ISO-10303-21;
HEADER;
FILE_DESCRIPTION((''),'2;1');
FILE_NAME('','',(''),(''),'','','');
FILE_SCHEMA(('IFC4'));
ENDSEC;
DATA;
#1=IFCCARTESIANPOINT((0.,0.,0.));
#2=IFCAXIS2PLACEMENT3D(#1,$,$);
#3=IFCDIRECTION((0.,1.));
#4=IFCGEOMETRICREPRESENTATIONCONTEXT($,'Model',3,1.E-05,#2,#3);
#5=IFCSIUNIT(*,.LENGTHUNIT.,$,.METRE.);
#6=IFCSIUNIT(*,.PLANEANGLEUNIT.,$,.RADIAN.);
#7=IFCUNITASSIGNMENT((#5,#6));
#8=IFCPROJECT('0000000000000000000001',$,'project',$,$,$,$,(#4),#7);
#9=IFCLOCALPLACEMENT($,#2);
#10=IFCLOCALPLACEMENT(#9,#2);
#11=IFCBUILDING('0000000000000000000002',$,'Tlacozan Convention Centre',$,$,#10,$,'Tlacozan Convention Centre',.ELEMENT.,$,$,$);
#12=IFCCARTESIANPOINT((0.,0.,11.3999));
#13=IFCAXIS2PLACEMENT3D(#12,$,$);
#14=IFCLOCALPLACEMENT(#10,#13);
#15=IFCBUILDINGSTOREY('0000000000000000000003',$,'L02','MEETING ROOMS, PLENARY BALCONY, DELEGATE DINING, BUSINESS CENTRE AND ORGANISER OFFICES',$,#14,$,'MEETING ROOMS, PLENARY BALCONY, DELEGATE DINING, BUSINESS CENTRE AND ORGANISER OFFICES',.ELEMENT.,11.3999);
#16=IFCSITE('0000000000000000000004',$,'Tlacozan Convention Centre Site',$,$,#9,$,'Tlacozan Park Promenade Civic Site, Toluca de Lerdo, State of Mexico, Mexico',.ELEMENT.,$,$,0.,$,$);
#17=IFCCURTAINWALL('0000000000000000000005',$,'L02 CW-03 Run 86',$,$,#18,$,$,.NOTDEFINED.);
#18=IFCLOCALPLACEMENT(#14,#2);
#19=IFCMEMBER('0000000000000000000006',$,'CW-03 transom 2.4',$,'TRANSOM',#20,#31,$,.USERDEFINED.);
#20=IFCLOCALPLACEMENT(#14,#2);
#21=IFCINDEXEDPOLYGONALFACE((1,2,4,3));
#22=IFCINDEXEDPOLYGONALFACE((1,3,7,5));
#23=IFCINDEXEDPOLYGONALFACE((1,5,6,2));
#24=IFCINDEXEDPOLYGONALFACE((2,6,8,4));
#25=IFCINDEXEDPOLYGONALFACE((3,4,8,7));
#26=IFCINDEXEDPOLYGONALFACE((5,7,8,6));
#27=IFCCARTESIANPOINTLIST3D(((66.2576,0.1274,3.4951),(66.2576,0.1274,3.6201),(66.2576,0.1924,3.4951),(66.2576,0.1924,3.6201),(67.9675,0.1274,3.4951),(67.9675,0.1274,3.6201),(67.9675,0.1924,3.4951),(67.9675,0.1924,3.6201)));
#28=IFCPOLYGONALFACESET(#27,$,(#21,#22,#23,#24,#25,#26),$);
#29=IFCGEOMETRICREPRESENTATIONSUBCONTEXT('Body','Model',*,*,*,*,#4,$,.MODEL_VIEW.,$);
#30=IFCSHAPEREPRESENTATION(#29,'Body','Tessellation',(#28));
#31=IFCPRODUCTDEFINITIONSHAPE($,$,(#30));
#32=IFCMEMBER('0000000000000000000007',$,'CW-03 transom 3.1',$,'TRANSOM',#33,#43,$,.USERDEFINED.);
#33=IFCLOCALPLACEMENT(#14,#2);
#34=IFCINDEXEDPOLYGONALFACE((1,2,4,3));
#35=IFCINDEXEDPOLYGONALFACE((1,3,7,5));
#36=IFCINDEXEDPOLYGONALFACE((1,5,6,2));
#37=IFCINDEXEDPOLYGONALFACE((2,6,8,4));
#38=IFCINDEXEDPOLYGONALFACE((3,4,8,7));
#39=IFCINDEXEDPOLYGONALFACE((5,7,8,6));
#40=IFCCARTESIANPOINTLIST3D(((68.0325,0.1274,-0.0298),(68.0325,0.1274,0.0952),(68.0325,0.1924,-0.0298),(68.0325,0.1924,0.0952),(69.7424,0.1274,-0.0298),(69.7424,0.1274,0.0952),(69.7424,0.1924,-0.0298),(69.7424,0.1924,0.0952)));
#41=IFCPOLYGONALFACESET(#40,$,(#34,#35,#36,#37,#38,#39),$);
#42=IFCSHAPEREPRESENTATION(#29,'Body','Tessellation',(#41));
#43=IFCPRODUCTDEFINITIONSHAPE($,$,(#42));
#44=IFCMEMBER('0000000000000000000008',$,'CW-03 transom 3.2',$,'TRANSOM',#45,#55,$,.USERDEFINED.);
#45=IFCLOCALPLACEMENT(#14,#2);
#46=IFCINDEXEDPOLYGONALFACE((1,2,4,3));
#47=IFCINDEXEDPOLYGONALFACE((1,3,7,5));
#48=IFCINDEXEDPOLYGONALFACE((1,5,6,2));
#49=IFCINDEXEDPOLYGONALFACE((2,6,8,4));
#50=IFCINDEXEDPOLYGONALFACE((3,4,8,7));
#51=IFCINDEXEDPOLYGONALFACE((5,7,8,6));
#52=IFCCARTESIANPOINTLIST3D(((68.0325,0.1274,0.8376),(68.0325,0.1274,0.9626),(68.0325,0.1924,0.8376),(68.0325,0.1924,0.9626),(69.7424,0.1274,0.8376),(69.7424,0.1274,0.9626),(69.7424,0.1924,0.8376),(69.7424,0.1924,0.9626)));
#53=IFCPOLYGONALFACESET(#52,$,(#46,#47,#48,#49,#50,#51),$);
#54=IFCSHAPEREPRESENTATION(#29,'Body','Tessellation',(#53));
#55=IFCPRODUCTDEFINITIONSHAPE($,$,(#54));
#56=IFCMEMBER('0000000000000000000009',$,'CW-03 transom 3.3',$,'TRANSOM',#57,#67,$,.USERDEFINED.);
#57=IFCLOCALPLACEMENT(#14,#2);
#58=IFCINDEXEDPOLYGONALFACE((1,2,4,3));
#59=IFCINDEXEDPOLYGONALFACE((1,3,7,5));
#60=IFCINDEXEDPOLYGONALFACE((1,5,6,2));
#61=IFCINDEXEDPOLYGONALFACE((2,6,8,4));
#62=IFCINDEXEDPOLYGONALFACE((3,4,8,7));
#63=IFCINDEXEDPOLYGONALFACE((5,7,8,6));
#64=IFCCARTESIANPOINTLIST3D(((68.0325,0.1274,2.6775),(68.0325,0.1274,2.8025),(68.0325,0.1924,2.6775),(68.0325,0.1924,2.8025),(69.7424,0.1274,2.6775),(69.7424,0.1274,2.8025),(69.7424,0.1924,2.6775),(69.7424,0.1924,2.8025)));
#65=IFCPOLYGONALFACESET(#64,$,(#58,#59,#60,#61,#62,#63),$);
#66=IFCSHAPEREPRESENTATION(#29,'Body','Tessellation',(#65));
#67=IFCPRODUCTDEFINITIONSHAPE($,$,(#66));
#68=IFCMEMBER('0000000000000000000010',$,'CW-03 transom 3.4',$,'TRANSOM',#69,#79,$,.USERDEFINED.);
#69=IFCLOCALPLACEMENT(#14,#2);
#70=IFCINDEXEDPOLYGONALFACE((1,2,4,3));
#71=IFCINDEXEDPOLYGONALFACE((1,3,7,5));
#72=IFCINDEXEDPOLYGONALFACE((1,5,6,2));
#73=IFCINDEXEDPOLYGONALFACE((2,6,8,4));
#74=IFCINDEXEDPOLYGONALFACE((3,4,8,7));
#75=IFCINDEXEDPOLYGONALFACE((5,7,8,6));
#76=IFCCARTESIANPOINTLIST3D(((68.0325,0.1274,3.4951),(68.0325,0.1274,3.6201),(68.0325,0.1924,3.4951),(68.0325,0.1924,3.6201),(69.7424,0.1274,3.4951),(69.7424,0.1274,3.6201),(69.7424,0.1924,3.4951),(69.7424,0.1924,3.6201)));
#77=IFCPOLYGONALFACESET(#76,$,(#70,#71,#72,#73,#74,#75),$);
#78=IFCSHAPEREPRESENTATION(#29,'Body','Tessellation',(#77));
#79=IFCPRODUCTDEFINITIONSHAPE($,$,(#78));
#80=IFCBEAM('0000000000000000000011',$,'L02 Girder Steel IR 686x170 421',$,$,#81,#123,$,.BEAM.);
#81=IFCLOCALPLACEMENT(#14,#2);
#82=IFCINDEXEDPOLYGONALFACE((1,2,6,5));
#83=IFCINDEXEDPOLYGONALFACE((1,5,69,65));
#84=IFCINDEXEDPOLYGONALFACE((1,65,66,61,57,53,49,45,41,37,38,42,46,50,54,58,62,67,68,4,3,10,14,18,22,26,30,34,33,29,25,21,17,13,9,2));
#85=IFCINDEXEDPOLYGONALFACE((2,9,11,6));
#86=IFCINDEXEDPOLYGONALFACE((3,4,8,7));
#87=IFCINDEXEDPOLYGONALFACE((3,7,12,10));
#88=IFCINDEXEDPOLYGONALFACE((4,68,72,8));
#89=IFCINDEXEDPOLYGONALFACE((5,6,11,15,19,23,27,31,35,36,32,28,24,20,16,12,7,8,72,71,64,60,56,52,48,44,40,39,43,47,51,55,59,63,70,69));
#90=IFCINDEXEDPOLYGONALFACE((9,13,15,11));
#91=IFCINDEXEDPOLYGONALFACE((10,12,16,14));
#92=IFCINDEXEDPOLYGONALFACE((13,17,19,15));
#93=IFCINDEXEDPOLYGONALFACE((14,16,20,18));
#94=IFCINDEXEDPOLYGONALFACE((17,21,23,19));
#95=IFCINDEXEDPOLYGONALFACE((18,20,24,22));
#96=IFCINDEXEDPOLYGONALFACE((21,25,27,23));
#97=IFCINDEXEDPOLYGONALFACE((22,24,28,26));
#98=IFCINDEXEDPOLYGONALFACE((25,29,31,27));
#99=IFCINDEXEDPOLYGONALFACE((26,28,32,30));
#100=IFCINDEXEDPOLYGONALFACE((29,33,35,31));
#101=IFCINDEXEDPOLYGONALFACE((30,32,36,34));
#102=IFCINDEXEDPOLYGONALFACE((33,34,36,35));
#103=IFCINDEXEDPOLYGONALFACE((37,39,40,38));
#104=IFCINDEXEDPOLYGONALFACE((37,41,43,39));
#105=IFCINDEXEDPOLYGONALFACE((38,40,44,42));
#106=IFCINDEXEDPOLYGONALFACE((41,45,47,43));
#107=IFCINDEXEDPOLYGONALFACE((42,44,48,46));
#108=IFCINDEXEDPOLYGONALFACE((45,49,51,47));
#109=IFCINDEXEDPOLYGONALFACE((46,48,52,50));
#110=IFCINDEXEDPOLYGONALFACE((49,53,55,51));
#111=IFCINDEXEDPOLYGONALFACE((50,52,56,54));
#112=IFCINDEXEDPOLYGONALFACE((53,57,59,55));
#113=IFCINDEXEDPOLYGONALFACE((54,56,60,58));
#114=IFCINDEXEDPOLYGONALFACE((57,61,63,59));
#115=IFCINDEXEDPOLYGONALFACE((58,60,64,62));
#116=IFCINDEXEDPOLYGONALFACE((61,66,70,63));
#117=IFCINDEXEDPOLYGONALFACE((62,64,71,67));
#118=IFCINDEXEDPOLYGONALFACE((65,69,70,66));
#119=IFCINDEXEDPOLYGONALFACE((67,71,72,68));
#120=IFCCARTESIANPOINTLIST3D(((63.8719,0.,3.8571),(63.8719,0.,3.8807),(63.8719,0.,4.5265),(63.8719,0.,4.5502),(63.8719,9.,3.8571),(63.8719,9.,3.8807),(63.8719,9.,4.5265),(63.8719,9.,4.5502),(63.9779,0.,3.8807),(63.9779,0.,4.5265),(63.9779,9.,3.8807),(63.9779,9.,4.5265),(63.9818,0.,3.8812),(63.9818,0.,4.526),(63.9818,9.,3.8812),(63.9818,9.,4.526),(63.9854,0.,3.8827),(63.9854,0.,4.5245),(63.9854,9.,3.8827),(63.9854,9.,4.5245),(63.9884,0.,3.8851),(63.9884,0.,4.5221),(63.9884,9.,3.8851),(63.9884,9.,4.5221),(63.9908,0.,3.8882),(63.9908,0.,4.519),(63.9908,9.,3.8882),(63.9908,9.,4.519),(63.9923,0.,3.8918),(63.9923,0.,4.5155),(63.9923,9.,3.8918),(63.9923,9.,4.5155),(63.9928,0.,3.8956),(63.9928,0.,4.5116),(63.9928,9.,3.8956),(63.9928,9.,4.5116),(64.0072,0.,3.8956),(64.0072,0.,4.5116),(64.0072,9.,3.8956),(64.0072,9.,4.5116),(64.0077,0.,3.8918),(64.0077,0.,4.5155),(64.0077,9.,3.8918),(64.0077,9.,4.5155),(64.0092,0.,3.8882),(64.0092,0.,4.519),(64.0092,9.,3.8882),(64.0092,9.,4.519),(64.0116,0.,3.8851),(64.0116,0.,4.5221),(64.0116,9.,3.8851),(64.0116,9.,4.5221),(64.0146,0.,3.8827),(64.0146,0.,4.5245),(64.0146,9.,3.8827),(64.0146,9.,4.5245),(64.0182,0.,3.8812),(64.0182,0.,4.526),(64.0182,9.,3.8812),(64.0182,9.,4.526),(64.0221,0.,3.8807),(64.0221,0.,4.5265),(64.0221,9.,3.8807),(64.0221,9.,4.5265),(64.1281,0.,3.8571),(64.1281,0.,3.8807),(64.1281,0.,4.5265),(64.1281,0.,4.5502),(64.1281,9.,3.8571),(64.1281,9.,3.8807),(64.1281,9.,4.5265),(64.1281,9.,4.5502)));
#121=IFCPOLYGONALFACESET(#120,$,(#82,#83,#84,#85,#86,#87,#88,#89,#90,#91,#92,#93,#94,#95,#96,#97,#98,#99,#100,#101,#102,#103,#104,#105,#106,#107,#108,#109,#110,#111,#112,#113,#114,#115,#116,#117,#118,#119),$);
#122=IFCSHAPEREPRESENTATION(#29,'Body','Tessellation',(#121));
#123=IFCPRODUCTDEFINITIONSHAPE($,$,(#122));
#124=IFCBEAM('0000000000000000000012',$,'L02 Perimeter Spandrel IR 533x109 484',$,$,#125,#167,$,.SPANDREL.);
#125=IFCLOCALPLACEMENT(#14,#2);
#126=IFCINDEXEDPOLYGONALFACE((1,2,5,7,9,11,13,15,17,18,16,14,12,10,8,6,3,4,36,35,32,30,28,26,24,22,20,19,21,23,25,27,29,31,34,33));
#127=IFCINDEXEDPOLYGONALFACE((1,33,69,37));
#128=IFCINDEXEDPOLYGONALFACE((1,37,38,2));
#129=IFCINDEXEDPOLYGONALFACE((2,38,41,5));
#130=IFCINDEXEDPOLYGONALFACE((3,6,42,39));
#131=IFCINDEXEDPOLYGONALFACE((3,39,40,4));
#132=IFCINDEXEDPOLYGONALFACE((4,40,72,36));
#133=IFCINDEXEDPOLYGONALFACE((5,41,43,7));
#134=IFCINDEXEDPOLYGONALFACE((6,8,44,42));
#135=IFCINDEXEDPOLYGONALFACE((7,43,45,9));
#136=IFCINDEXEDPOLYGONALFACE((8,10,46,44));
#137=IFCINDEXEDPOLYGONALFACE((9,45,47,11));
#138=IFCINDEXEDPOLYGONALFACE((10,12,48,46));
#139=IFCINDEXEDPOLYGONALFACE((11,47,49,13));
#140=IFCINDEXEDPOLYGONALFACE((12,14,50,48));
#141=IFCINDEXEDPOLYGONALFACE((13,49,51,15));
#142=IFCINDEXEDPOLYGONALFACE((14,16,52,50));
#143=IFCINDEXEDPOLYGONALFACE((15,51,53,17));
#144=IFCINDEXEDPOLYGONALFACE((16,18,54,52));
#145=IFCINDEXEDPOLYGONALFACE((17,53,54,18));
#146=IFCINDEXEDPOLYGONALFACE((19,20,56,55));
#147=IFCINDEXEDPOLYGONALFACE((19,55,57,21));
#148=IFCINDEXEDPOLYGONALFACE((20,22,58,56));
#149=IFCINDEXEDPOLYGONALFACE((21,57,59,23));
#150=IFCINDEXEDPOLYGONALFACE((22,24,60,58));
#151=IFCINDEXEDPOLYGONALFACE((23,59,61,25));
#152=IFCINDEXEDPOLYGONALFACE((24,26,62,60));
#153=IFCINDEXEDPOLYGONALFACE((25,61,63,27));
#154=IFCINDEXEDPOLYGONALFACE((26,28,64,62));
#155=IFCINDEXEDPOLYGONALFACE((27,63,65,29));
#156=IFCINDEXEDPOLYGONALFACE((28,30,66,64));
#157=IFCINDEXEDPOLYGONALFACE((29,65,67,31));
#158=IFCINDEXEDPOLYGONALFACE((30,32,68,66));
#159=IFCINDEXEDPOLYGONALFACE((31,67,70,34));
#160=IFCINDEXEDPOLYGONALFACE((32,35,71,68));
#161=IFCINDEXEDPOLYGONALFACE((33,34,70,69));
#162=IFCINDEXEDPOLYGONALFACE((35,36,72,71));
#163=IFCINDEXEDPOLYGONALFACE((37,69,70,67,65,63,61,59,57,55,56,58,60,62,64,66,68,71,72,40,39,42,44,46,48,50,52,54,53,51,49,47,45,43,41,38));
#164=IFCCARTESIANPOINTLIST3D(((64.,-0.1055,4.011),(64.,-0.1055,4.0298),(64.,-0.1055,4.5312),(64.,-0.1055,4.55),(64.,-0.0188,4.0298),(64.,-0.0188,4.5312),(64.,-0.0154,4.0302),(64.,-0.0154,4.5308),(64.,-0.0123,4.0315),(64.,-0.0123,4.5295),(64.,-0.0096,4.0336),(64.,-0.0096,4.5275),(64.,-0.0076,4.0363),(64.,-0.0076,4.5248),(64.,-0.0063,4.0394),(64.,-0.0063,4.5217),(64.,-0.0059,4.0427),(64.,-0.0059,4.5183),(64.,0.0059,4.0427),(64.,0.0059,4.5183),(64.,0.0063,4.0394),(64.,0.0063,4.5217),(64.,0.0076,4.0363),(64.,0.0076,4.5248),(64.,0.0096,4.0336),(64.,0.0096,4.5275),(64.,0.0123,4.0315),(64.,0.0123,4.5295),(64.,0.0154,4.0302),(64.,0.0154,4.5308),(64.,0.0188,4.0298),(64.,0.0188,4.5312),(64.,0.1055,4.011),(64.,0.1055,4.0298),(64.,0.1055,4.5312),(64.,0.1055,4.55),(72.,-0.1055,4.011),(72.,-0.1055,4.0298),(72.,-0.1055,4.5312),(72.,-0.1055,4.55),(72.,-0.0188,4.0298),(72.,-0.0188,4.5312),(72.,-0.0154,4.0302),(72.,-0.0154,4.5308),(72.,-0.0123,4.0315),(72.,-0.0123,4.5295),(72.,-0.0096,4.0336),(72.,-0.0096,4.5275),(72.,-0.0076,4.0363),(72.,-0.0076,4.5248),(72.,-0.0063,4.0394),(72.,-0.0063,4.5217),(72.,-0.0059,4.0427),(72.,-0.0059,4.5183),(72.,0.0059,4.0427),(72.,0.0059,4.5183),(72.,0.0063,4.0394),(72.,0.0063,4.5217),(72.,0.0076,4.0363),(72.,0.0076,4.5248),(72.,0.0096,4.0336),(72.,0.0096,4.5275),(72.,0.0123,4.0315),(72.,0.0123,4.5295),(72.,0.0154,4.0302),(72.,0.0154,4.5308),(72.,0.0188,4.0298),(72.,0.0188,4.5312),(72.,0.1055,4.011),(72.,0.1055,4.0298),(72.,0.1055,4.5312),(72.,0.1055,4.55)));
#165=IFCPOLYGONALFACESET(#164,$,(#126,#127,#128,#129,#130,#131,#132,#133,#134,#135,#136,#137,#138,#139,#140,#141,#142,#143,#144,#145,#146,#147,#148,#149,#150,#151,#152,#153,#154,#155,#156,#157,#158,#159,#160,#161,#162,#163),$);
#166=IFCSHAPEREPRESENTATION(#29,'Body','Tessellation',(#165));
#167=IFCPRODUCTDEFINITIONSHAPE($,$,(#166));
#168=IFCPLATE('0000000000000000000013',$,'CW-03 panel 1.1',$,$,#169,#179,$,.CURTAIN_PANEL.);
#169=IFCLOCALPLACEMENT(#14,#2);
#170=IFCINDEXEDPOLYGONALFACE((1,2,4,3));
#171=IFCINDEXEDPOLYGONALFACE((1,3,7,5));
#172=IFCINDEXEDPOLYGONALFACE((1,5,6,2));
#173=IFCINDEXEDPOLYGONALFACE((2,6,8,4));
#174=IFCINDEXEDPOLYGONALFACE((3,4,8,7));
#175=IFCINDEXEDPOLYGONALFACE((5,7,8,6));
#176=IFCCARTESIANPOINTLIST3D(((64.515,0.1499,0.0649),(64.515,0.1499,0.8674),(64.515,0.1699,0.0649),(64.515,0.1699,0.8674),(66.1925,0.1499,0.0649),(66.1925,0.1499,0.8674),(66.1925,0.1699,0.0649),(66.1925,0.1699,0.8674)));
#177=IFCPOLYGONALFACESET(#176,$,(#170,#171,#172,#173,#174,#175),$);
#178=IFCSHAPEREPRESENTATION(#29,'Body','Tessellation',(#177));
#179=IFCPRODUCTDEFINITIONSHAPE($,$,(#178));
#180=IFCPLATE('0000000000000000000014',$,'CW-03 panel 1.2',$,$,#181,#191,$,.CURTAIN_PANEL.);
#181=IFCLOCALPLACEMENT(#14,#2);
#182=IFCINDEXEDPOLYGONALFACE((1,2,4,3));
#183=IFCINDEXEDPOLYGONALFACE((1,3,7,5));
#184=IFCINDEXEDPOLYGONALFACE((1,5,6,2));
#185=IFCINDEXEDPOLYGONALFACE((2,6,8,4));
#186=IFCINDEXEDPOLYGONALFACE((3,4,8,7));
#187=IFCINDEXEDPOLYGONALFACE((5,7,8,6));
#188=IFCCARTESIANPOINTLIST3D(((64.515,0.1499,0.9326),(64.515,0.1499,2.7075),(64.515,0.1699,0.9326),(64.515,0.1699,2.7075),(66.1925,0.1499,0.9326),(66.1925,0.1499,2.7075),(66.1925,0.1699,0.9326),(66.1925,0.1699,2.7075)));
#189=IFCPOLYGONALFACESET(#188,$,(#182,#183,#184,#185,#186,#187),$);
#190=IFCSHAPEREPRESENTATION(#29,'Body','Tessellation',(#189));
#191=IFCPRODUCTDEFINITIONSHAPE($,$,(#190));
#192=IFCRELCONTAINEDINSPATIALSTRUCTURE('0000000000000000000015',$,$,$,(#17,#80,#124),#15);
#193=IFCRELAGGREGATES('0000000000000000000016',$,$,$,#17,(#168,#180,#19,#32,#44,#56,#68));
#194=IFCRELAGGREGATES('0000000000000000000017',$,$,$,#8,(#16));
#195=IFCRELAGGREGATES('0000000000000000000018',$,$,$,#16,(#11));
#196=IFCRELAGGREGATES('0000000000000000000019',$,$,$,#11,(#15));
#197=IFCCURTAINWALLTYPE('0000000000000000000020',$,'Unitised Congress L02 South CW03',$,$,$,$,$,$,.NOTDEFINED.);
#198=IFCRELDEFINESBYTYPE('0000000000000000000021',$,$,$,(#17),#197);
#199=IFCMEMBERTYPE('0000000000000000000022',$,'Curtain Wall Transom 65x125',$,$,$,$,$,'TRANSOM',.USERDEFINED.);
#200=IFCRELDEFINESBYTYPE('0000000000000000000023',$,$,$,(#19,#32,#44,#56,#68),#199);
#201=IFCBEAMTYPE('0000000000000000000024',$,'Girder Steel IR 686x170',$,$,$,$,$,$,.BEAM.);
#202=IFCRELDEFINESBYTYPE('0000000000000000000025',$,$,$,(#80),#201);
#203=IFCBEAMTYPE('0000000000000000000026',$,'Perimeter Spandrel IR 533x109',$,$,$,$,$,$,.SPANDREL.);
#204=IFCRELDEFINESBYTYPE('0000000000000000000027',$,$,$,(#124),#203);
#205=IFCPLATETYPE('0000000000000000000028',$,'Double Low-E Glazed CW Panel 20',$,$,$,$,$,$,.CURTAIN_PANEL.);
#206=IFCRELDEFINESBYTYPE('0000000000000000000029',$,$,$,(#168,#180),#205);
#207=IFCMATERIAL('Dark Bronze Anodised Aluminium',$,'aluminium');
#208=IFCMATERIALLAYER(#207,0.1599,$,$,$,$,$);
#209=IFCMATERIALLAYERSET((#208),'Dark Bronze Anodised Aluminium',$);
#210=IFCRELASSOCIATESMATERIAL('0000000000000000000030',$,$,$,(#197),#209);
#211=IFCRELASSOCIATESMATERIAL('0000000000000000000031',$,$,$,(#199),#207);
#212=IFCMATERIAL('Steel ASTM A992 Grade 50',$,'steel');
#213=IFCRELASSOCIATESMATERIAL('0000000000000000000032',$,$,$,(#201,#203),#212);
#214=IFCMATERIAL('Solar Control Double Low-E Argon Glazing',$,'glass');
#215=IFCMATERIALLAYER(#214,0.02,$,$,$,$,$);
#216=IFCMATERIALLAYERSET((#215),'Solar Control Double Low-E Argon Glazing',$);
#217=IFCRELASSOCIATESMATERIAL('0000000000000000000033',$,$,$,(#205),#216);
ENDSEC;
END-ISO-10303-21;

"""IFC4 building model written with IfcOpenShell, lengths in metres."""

from ifc_helpers import new_model, si_unit, direction, frame, origin, origin_2d, place, context, subcontext, project, spatial, rectangle, i_section, extrude, material, layer, layer_set, material_profile, profile_set, type_object, element, aggregate, save


model = new_model("IFC4")

# Units and contexts
model_context = context("Model", 3, precision=1e-05, world=origin(), true_north=direction((0.0, 1.0)))
body_context = subcontext(model_context, "Body", "Model", "MODEL_VIEW")
ifc_project = project(units=[si_unit("LENGTHUNIT", "METRE"), si_unit("PLANEANGLEUNIT", "RADIAN")], contexts=[model_context])

# Site, building, storey
site_placement = place(None, origin())
site = spatial("IfcSite", under=ifc_project, at=site_placement, Name="Tlacozan Convention Centre Site", LongName="Tlacozan Park Promenade Civic Site, Toluca de Lerdo, State of Mexico, Mexico", CompositionType="ELEMENT", RefElevation=0.0)
building_placement = place(site_placement, origin())
building = spatial("IfcBuilding", under=site, at=building_placement, Name="Tlacozan Convention Centre", LongName="Tlacozan Convention Centre", CompositionType="ELEMENT")
storey_placement = place(building_placement, frame((0.0, 0.0, 11.3999)))
storey = spatial("IfcBuildingStorey", under=building, at=storey_placement, Name="L02", Description="MEETING ROOMS, PLENARY BALCONY, DELEGATE DINING, BUSINESS CENTRE AND ORGANISER OFFICES", LongName="MEETING ROOMS, PLENARY BALCONY, DELEGATE DINING, BUSINESS CENTRE AND ORGANISER OFFICES", CompositionType="ELEMENT", Elevation=11.3999)

# Shared definitions
ifc_material_1 = material(Name="Dark Bronze Anodised Aluminium", Category="aluminium")
ifc_layer_1 = layer(ifc_material_1, 0.1599)
ifc_layer_set_1 = layer_set([ifc_layer_1], Name="Dark Bronze Anodised Aluminium")
curtain_wall_type = type_object("IfcCurtainWallType", Name="Unitised Congress L02 South CW03", PredefinedType="NOTDEFINED", material=ifc_layer_set_1)

# Curtain wall, members
curtain_wall_1_placement = place(storey_placement, origin())
curtain_wall_1 = element("IfcCurtainWall", 1, at=curtain_wall_1_placement, inside=storey, type_object=curtain_wall_type, Name="L02 CW-03 Run 86", PredefinedType="NOTDEFINED")
ifc_material_profile_1 = material_profile(ifc_material_1, rectangle(XDim=0.0649, YDim=0.125, at=origin_2d()), Name="ALU 65x125")
ifc_profile_set_1 = profile_set([ifc_material_profile_1], Name="Dark Bronze Anodised Aluminium")
member_type_1 = type_object("IfcMemberType", Name="Curtain Wall Transom 65x125", ElementType="TRANSOM", PredefinedType="USERDEFINED", material=ifc_profile_set_1)
member_1_placement = place(storey_placement, frame((66.2576, 0.1599, 3.5576), z_axis=(1.0, 0.0, 0.0), x_axis=(0.0, 1.0, 0.0)))
member_1 = element("IfcMember", 2, at=member_1_placement, type_object=member_type_1, Name="CW-03 transom 2.4", ObjectType="TRANSOM", PredefinedType="USERDEFINED", context=body_context, shape_type="SweptSolid", body=[
    extrude(rectangle(XDim=0.0649, YDim=0.125, at=origin_2d()), origin(), (0.0, 0.0, 1.0), 1.71),
])
member_2_placement = place(storey_placement, frame((68.0325, 0.1599, 0.0327), z_axis=(1.0, 0.0, 0.0), x_axis=(0.0, 1.0, 0.0)))
member_2 = element("IfcMember", 3, at=member_2_placement, type_object=member_type_1, Name="CW-03 transom 3.1", ObjectType="TRANSOM", PredefinedType="USERDEFINED", context=body_context, shape_type="SweptSolid", body=[
    extrude(rectangle(XDim=0.0649, YDim=0.125, at=origin_2d()), origin(), (0.0, 0.0, 1.0), 1.71),
])
member_3_placement = place(storey_placement, frame((68.0325, 0.1599, 0.9001), z_axis=(1.0, 0.0, 0.0), x_axis=(0.0, 1.0, 0.0)))
member_3 = element("IfcMember", 4, at=member_3_placement, type_object=member_type_1, Name="CW-03 transom 3.2", ObjectType="TRANSOM", PredefinedType="USERDEFINED", context=body_context, shape_type="SweptSolid", body=[
    extrude(rectangle(XDim=0.0649, YDim=0.125, at=origin_2d()), origin(), (0.0, 0.0, 1.0), 1.71),
])
member_4_placement = place(storey_placement, frame((68.0325, 0.1599, 2.74), z_axis=(1.0, 0.0, 0.0), x_axis=(0.0, 1.0, 0.0)))
member_4 = element("IfcMember", 5, at=member_4_placement, type_object=member_type_1, Name="CW-03 transom 3.3", ObjectType="TRANSOM", PredefinedType="USERDEFINED", context=body_context, shape_type="SweptSolid", body=[
    extrude(rectangle(XDim=0.0649, YDim=0.125, at=origin_2d()), origin(), (0.0, 0.0, 1.0), 1.71),
])
member_5_placement = place(storey_placement, frame((68.0325, 0.1599, 3.5576), z_axis=(1.0, 0.0, 0.0), x_axis=(0.0, 1.0, 0.0)))
member_5 = element("IfcMember", 6, at=member_5_placement, type_object=member_type_1, Name="CW-03 transom 3.4", ObjectType="TRANSOM", PredefinedType="USERDEFINED", context=body_context, shape_type="SweptSolid", body=[
    extrude(rectangle(XDim=0.0649, YDim=0.125, at=origin_2d()), origin(), (0.0, 0.0, 1.0), 1.71),
])

# Beams
ifc_material_2 = material(Name="Steel ASTM A992 Grade 50", Category="steel")
ifc_material_profile_2 = material_profile(ifc_material_2, i_section(OverallWidth=0.2561, OverallDepth=0.6931, WebThickness=0.0144, FlangeThickness=0.0237, FilletRadius=0.0149, at=origin_2d()), Name="IR 686x170.0")
ifc_profile_set_2 = profile_set([ifc_material_profile_2], Name="Steel ASTM A992 Grade 50")
beam_type_1 = type_object("IfcBeamType", Name="Girder Steel IR 686x170", PredefinedType="BEAM", material=ifc_profile_set_2)
beam_1_placement = place(storey_placement, frame((64.0, 0.0, 4.2036), z_axis=(0.0, 1.0, 0.0), x_axis=(-1.0, 0.0, 0.0)))
element("IfcBeam", 7, at=beam_1_placement, inside=storey, type_object=beam_type_1, Name="L02 Girder Steel IR 686x170 421", PredefinedType="BEAM", context=body_context, shape_type="SweptSolid", body=[
    extrude(i_section(OverallWidth=0.2561, OverallDepth=0.6931, WebThickness=0.0144, FlangeThickness=0.0237, FilletRadius=0.0149, at=origin_2d()), origin(), (0.0, 0.0, 1.0), 9.0),
])
ifc_material_profile_3 = material_profile(ifc_material_2, i_section(OverallWidth=0.2109, OverallDepth=0.5391, WebThickness=0.0117, FlangeThickness=0.0188, FilletRadius=0.0129, at=origin_2d()), Name="IR 533x109.0")
ifc_profile_set_3 = profile_set([ifc_material_profile_3], Name="Steel ASTM A992 Grade 50")
beam_type_2 = type_object("IfcBeamType", Name="Perimeter Spandrel IR 533x109", PredefinedType="SPANDREL", material=ifc_profile_set_3)
beam_2_placement = place(storey_placement, frame((64.0, 0.0, 4.2805), z_axis=(1.0, 0.0, 0.0), x_axis=(0.0, 1.0, 0.0)))
element("IfcBeam", 8, at=beam_2_placement, inside=storey, type_object=beam_type_2, Name="L02 Perimeter Spandrel IR 533x109 484", PredefinedType="SPANDREL", context=body_context, shape_type="SweptSolid", body=[
    extrude(i_section(OverallWidth=0.2109, OverallDepth=0.5391, WebThickness=0.0117, FlangeThickness=0.0188, FilletRadius=0.0129, at=origin_2d()), origin(), (0.0, 0.0, 1.0), 8.0),
])

# Plates
ifc_material_3 = material(Name="Solar Control Double Low-E Argon Glazing", Category="glass")
ifc_layer_2 = layer(ifc_material_3, 0.02)
ifc_layer_set_2 = layer_set([ifc_layer_2], Name="Solar Control Double Low-E Argon Glazing")
plate_type = type_object("IfcPlateType", Name="Double Low-E Glazed CW Panel 20", PredefinedType="CURTAIN_PANEL", material=ifc_layer_set_2)
plate_1_placement = place(storey_placement, frame((65.3538, 0.1599, 0.0649), z_axis=(0.0, 0.0, 1.0), x_axis=(1.0, 0.0, 0.0)))
plate_1 = element("IfcPlate", 9, at=plate_1_placement, type_object=plate_type, Name="CW-03 panel 1.1", PredefinedType="CURTAIN_PANEL", context=body_context, shape_type="SweptSolid", body=[
    extrude(rectangle(XDim=1.6775, YDim=0.02, at=origin_2d()), origin(), (0.0, 0.0, 1.0), 0.8025),
])
plate_2_placement = place(storey_placement, frame((65.3538, 0.1599, 0.9326), z_axis=(0.0, 0.0, 1.0), x_axis=(1.0, 0.0, 0.0)))
plate_2 = element("IfcPlate", 10, at=plate_2_placement, type_object=plate_type, Name="CW-03 panel 1.2", PredefinedType="CURTAIN_PANEL", context=body_context, shape_type="SweptSolid", body=[
    extrude(rectangle(XDim=1.6775, YDim=0.02, at=origin_2d()), origin(), (0.0, 0.0, 1.0), 1.7749),
])
aggregate(curtain_wall_1, [plate_1, plate_2, member_1, member_2, member_3, member_4, member_5])

save(model, "model.ifc")
